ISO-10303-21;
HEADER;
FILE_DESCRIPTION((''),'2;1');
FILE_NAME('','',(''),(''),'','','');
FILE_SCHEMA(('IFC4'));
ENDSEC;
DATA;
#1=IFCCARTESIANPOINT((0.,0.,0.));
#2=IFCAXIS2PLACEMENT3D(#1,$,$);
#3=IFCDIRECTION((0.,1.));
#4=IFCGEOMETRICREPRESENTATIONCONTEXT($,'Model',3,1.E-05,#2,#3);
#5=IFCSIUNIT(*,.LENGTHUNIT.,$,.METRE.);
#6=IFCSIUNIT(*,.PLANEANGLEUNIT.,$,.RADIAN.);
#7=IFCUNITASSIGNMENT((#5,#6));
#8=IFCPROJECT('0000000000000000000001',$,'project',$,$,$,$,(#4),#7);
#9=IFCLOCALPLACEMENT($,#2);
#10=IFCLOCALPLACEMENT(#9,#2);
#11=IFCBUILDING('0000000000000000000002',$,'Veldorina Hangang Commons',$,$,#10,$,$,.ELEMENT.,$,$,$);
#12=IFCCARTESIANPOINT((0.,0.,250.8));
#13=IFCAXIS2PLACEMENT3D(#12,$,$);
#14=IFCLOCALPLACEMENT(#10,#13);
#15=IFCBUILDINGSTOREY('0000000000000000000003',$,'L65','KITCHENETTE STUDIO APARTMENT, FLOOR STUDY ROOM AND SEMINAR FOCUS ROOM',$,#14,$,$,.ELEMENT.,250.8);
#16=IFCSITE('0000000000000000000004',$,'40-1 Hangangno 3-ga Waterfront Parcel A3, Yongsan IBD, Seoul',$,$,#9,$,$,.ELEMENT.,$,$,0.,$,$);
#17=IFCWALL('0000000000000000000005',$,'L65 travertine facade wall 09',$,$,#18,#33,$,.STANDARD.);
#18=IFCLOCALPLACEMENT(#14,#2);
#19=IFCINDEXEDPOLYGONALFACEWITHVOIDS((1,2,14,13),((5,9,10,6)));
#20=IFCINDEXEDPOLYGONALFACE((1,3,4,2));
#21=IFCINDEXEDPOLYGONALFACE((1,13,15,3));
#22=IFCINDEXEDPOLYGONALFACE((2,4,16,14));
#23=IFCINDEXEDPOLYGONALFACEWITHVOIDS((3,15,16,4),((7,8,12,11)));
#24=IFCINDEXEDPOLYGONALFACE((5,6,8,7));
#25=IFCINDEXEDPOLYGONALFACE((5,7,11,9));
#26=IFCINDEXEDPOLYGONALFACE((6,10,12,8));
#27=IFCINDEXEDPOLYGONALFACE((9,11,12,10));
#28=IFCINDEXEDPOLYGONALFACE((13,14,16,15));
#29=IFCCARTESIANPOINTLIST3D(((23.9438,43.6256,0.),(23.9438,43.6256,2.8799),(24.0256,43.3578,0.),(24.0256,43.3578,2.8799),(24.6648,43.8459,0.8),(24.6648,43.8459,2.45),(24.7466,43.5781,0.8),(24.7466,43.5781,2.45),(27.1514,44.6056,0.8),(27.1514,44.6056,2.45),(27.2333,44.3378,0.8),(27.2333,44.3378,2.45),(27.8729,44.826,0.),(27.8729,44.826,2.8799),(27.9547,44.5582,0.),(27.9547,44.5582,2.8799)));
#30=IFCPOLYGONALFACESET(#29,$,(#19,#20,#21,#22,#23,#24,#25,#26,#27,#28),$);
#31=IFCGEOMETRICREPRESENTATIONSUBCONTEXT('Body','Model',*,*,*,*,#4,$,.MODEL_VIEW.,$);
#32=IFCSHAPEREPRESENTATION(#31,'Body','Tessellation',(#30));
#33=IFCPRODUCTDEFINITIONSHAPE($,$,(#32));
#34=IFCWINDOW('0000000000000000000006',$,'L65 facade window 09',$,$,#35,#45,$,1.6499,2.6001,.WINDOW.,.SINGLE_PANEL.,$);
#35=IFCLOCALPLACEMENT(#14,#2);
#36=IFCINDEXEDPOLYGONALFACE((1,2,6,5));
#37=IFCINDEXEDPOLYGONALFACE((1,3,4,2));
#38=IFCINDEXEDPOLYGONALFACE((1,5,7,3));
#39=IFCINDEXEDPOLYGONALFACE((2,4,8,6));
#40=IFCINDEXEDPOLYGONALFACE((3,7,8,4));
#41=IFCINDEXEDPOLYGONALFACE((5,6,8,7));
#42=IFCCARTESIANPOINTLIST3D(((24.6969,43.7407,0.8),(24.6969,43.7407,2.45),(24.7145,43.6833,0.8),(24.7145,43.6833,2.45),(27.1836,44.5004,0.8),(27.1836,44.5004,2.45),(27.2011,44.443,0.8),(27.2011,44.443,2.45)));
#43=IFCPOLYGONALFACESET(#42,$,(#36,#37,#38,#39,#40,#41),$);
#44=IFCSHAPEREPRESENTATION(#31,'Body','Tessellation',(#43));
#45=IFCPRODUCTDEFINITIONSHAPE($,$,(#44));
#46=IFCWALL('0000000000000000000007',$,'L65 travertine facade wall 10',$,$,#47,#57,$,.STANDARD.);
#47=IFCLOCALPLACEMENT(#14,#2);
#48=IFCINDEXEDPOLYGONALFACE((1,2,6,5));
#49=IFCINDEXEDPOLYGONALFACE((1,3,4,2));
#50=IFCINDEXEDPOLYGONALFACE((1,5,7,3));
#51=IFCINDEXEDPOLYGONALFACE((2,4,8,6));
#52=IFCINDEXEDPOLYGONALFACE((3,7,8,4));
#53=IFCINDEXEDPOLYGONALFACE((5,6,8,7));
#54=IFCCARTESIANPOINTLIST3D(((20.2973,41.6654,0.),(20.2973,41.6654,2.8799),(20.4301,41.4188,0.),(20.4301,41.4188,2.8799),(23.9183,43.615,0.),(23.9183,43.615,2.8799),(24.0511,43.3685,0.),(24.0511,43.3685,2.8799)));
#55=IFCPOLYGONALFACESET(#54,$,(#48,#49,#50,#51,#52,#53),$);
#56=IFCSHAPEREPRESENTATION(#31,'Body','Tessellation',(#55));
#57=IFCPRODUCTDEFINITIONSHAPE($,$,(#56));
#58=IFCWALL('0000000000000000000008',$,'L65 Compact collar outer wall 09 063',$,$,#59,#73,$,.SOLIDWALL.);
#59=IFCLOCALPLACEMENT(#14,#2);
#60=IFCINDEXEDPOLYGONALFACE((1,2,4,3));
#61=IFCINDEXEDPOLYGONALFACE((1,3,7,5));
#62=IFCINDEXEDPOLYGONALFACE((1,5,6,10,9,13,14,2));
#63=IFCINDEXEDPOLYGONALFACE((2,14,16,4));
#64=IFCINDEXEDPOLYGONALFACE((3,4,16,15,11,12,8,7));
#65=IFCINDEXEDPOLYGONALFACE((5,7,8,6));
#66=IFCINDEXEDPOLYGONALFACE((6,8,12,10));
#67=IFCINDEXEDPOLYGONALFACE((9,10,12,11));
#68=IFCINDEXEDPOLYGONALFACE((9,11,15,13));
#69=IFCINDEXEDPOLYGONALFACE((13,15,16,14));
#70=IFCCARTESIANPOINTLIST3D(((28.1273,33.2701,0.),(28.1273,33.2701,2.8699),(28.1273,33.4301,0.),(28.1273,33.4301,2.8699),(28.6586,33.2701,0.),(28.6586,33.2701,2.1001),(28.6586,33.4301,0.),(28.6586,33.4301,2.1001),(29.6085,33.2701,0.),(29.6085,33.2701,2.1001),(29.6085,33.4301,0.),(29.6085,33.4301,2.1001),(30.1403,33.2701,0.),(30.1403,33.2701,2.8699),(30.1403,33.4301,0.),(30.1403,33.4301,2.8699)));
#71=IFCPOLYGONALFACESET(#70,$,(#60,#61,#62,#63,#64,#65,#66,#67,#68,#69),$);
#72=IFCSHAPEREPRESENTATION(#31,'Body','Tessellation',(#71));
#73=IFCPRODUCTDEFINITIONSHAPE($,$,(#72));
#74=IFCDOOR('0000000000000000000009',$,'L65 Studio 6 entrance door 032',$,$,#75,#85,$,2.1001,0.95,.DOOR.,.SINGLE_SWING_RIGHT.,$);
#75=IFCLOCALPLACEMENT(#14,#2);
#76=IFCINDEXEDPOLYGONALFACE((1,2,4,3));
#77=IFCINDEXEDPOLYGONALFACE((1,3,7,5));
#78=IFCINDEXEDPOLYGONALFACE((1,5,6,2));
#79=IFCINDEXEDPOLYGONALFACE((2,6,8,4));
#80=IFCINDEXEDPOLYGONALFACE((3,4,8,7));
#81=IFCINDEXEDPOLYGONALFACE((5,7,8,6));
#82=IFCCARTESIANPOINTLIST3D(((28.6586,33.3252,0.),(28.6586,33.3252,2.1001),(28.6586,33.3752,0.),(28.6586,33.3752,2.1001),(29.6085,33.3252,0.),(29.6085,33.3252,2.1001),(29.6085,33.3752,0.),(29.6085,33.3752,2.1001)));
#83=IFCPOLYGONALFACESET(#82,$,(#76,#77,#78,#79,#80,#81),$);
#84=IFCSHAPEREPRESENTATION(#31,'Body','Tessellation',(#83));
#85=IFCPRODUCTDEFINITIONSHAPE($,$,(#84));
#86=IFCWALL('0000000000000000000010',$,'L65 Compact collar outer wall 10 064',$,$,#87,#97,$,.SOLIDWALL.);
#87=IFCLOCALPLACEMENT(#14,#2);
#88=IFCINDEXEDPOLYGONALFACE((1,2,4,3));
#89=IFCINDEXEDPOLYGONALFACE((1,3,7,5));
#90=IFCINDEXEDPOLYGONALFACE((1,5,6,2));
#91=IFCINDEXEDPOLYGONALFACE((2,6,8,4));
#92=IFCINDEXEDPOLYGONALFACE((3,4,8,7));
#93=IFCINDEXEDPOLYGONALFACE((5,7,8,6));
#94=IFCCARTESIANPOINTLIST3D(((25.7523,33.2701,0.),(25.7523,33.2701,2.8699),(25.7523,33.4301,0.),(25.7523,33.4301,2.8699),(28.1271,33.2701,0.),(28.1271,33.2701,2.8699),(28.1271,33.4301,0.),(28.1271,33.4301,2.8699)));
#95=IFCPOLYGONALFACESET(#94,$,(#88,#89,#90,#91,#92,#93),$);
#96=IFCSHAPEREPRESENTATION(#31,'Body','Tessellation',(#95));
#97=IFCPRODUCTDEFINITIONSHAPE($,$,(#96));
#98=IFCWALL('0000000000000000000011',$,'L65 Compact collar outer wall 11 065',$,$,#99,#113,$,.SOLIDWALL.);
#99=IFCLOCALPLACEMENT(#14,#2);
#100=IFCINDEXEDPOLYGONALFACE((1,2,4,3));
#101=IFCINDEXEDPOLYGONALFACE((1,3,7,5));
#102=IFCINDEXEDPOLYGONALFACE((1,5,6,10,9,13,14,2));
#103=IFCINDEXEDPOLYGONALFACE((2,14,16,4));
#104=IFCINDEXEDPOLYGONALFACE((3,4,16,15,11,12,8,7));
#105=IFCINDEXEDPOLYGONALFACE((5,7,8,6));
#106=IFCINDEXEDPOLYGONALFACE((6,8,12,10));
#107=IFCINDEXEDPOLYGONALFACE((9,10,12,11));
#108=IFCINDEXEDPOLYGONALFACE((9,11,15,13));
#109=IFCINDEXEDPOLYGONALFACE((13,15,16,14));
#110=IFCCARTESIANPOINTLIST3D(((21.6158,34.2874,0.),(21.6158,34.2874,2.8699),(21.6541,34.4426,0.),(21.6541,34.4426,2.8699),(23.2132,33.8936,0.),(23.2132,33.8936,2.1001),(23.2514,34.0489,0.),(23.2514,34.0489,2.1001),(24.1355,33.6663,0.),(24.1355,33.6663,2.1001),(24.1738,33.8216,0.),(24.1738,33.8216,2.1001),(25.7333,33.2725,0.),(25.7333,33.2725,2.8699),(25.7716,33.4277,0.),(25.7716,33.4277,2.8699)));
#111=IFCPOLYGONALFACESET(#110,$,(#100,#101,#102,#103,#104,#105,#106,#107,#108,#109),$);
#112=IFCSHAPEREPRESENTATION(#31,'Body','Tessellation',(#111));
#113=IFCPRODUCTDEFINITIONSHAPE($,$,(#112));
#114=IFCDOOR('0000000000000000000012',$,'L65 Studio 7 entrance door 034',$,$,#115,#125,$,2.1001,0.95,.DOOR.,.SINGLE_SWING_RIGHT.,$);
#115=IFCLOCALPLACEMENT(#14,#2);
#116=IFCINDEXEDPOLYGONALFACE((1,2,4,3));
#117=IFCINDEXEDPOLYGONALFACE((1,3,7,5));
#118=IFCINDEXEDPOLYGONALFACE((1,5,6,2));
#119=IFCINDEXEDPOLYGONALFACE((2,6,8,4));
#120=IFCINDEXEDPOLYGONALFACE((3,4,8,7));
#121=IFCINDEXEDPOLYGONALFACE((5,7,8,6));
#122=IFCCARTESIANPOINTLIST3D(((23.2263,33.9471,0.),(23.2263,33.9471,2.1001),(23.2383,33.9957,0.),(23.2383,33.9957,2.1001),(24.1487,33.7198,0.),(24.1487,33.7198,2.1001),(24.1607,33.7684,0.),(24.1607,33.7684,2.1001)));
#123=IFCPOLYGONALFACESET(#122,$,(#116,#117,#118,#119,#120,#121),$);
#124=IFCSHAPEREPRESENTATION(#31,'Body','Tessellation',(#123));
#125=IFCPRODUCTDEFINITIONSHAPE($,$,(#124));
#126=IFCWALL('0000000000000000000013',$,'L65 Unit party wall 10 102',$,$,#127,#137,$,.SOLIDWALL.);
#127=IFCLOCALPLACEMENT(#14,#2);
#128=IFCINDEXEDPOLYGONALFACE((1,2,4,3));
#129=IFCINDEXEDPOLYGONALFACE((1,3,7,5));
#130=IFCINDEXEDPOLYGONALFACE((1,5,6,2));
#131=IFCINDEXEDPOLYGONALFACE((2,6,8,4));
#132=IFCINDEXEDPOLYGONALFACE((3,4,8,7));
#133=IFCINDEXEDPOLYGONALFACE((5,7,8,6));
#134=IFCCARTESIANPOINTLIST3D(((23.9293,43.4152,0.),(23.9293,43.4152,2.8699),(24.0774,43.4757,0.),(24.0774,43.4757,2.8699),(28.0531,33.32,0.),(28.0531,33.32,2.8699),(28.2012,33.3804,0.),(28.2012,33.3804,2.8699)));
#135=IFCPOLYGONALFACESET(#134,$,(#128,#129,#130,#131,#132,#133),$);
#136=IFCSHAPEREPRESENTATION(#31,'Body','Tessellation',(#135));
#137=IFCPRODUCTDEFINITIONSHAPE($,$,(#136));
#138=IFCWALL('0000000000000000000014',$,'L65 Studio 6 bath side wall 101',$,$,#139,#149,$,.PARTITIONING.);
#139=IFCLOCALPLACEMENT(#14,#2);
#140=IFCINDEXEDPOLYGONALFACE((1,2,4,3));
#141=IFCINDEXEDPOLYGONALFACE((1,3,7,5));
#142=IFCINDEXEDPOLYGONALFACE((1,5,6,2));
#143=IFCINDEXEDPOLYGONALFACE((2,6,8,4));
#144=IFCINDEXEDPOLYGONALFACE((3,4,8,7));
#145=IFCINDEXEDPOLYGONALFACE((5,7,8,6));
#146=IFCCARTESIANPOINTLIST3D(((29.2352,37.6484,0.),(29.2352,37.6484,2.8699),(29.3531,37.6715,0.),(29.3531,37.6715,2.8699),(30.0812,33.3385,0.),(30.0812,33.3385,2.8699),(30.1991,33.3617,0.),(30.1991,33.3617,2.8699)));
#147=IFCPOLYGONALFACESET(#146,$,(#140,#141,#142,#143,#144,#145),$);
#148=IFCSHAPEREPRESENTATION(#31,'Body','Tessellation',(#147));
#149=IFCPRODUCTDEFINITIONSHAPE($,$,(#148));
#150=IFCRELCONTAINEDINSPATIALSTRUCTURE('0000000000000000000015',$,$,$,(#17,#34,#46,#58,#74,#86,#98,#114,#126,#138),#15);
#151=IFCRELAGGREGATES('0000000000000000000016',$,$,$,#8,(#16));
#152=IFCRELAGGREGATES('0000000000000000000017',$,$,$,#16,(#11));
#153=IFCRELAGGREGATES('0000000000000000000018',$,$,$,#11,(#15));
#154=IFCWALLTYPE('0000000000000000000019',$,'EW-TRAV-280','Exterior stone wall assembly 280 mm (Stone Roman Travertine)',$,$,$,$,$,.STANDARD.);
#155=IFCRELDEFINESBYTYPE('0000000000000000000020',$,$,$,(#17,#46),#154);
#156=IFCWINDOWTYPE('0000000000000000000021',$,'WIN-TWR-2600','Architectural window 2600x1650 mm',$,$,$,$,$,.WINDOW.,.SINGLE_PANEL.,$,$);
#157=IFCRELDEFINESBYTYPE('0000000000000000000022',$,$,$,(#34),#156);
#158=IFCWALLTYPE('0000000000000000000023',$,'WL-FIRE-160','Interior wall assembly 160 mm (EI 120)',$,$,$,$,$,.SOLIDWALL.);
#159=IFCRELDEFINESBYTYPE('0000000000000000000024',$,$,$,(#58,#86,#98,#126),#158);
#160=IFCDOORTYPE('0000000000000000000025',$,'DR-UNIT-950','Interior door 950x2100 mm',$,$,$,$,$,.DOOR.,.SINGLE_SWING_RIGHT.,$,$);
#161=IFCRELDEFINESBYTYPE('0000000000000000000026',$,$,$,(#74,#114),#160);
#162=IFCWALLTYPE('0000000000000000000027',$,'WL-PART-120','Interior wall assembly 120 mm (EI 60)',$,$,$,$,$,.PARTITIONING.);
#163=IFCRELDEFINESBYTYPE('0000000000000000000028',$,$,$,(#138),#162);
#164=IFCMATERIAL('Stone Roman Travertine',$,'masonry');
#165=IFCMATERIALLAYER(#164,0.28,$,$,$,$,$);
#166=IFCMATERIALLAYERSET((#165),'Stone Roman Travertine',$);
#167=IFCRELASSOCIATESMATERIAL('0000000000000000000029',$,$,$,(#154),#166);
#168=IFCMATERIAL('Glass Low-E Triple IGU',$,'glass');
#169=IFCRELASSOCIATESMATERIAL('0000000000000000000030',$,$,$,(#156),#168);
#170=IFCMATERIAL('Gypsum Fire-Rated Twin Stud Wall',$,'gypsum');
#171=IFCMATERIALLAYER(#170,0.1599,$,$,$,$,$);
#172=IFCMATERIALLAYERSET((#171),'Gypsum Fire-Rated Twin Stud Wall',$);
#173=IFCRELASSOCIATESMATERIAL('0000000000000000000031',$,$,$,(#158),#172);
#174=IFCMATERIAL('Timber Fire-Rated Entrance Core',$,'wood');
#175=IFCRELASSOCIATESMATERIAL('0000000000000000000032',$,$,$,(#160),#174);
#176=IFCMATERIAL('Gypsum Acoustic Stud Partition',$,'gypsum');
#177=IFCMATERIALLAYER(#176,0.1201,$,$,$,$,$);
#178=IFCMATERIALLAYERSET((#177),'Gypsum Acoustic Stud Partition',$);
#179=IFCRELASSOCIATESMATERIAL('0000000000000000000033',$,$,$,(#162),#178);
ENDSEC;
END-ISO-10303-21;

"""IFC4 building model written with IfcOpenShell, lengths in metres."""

from ifc_helpers import new_model, si_unit, direction, frame, frame_2d, origin, place, context, subcontext, project, spatial, rectangle, extrude, material, layer, layer_set, type_object, element, fill, save


model = new_model("IFC4")

# Units and contexts
model_context = context("Model", 3, precision=1e-05, world=origin(), true_north=direction((0.0, 1.0)))
body_context = subcontext(model_context, "Body", "Model", "MODEL_VIEW")
ifc_project = project(units=[si_unit("LENGTHUNIT", "METRE"), si_unit("PLANEANGLEUNIT", "RADIAN")], contexts=[model_context])

# Site, building, storey
site_placement = place(None, origin())
site = spatial("IfcSite", under=ifc_project, at=site_placement, Name="40-1 Hangangno 3-ga Waterfront Parcel A3, Yongsan IBD, Seoul", CompositionType="ELEMENT", RefElevation=0.0)
building_placement = place(site_placement, origin())
building = spatial("IfcBuilding", under=site, at=building_placement, Name="Veldorina Hangang Commons", CompositionType="ELEMENT")
storey_placement = place(building_placement, frame((0.0, 0.0, 250.8)))
storey = spatial("IfcBuildingStorey", under=building, at=storey_placement, Name="L65", Description="KITCHENETTE STUDIO APARTMENT, FLOOR STUDY ROOM AND SEMINAR FOCUS ROOM", CompositionType="ELEMENT", Elevation=250.8)

# Shared definitions
ifc_material_1 = material(Name="Stone Roman Travertine", Category="masonry")
ifc_layer_1 = layer(ifc_material_1, 0.28)
ifc_layer_set_1 = layer_set([ifc_layer_1], Name="Stone Roman Travertine")
wall_type_1 = type_object("IfcWallType", Name="EW-TRAV-280", Description="Exterior stone wall assembly 280 mm (Stone Roman Travertine)", PredefinedType="STANDARD", material=ifc_layer_set_1)

# Wall, opening, window
wall_1_placement = place(storey_placement, frame((27.9138, 44.6921, 0.0), z_axis=(0.0, 0.0, 1.0), x_axis=(-0.956362, -0.292185, 0.0)))
wall_1 = element("IfcWall", 1, at=wall_1_placement, inside=storey, type_object=wall_type_1, Name="L65 travertine facade wall 09", PredefinedType="STANDARD", context=body_context, shape_type="SweptSolid", body=[
    extrude(rectangle(XDim=4.1084, YDim=0.28, at=frame_2d((2.0542, 0.0))), origin(), (0.0, 0.0, 1.0), 2.8799),
])
opening_1_placement = place(wall_1_placement, frame((0.7544, 0.0, 0.8)))
opening_1 = element("IfcOpeningElement", 2, at=opening_1_placement, cuts=wall_1, PredefinedType="OPENING", context=body_context, shape_type="SweptSolid", body=[
    extrude(rectangle(XDim=2.6001, YDim=1.6499, at=frame_2d((1.3, 0.825))), frame((0.0, 0.1499, 0.0), z_axis=(0.0, -1.0, 0.0), x_axis=(1.0, 0.0, 0.0)), (0.0, 0.0, 1.0), 0.3),
])
ifc_material_2 = material(Name="Glass Low-E Triple IGU", Category="glass")
window_type = type_object("IfcWindowType", Name="WIN-TWR-2600", Description="Architectural window 2600x1650 mm", PartitioningType="SINGLE_PANEL", PredefinedType="WINDOW", material=ifc_material_2)
window_placement = place(opening_1_placement, origin())
window = element("IfcWindow", 3, at=window_placement, inside=storey, type_object=window_type, Name="L65 facade window 09", OverallHeight=1.6499, OverallWidth=2.6001, PartitioningType="SINGLE_PANEL", PredefinedType="WINDOW", context=body_context, shape_type="SweptSolid", body=[
    extrude(rectangle(XDim=2.6001, YDim=1.6499, at=frame_2d((1.3, 0.825))), frame((0.0, 0.03, 0.0), z_axis=(0.0, -1.0, 0.0), x_axis=(1.0, 0.0, 0.0)), (0.0, 0.0, 1.0), 0.0601),
])
fill(opening_1, window)

# Wall
wall_2_placement = place(storey_placement, frame((23.9846, 43.4917, 0.0), z_axis=(0.0, 0.0, 1.0), x_axis=(-0.880483, -0.474079, 0.0)))
element("IfcWall", 4, at=wall_2_placement, inside=storey, type_object=wall_type_1, Name="L65 travertine facade wall 10", PredefinedType="STANDARD", context=body_context, shape_type="SweptSolid", body=[
    extrude(rectangle(XDim=4.1125, YDim=0.28, at=frame_2d((2.0562, 0.0))), origin(), (0.0, 0.0, 1.0), 2.8799),
])

# Wall, opening, door
ifc_material_3 = material(Name="Gypsum Fire-Rated Twin Stud Wall", Category="gypsum")
ifc_layer_2 = layer(ifc_material_3, 0.1599)
ifc_layer_set_2 = layer_set([ifc_layer_2], Name="Gypsum Fire-Rated Twin Stud Wall")
wall_type_2 = type_object("IfcWallType", Name="WL-FIRE-160", Description="Interior wall assembly 160 mm (EI 120)", PredefinedType="SOLIDWALL", material=ifc_layer_set_2)
wall_3_placement = place(storey_placement, frame((30.1401, 33.3501, 0.0), z_axis=(0.0, 0.0, 1.0), x_axis=(-1.0, 0.0, 0.0)))
wall_3 = element("IfcWall", 5, at=wall_3_placement, inside=storey, type_object=wall_type_2, Name="L65 Compact collar outer wall 09 063", PredefinedType="SOLIDWALL", context=body_context, shape_type="SweptSolid", body=[
    extrude(rectangle(XDim=2.0129, YDim=0.1599, at=frame_2d((1.0063, 0.0))), origin(), (0.0, 0.0, 1.0), 2.8699),
])
opening_2_placement = place(wall_3_placement, frame((0.5315, 0.0, 0.0)))
opening_2 = element("IfcOpeningElement", 6, at=opening_2_placement, cuts=wall_3, PredefinedType="OPENING", context=body_context, shape_type="SweptSolid", body=[
    extrude(rectangle(XDim=0.95, YDim=2.1001, at=frame_2d((0.4751, 1.05))), frame((0.0, 0.0898, 0.0), z_axis=(0.0, -1.0, 0.0), x_axis=(1.0, 0.0, 0.0)), (0.0, 0.0, 1.0), 0.1799),
])
ifc_material_4 = material(Name="Timber Fire-Rated Entrance Core", Category="wood")
door_type_1 = type_object("IfcDoorType", Name="DR-UNIT-950", Description="Interior door 950x2100 mm", OperationType="SINGLE_SWING_RIGHT", PredefinedType="DOOR", material=ifc_material_4)
door_1_placement = place(opening_2_placement, origin())
door_1 = element("IfcDoor", 7, at=door_1_placement, inside=storey, type_object=door_type_1, Name="L65 Studio 6 entrance door 032", OperationType="SINGLE_SWING_RIGHT", OverallHeight=2.1001, OverallWidth=0.95, PredefinedType="DOOR", context=body_context, shape_type="SweptSolid", body=[
    extrude(rectangle(XDim=0.95, YDim=2.1001, at=frame_2d((0.4751, 1.05))), frame((0.0, 0.0249, 0.0), z_axis=(0.0, -1.0, 0.0), x_axis=(1.0, 0.0, 0.0)), (0.0, 0.0, 1.0), 0.05),
])
fill(opening_2, door_1)

# Wall
wall_4_placement = place(storey_placement, frame((28.1272, 33.3501, 0.0), z_axis=(0.0, 0.0, 1.0), x_axis=(-1.0, 0.0, 0.0)))
element("IfcWall", 8, at=wall_4_placement, inside=storey, type_object=wall_type_2, Name="L65 Compact collar outer wall 10 064", PredefinedType="SOLIDWALL", context=body_context, shape_type="SweptSolid", body=[
    extrude(rectangle(XDim=2.3748, YDim=0.1599, at=frame_2d((1.1875, 0.0))), origin(), (0.0, 0.0, 1.0), 2.8699),
])

# Wall, opening, door
wall_5_placement = place(storey_placement, frame((25.7524, 33.3501, 0.0), z_axis=(0.0, 0.0, 1.0), x_axis=(-0.97094, 0.239324, 0.0)))
wall_5 = element("IfcWall", 9, at=wall_5_placement, inside=storey, type_object=wall_type_2, Name="L65 Compact collar outer wall 11 065", PredefinedType="SOLIDWALL", context=body_context, shape_type="SweptSolid", body=[
    extrude(rectangle(XDim=4.2407, YDim=0.1599, at=frame_2d((2.1204, 0.0))), origin(), (0.0, 0.0, 1.0), 2.8699),
])
opening_3_placement = place(wall_5_placement, frame((1.6455, 0.0, 0.0)))
opening_3 = element("IfcOpeningElement", 10, at=opening_3_placement, cuts=wall_5, PredefinedType="OPENING", context=body_context, shape_type="SweptSolid", body=[
    extrude(rectangle(XDim=0.95, YDim=2.1001, at=frame_2d((0.4751, 1.05))), frame((0.0, 0.0898, 0.0), z_axis=(0.0, -1.0, 0.0), x_axis=(1.0, 0.0, 0.0)), (0.0, 0.0, 1.0), 0.1799),
])
door_2_placement = place(opening_3_placement, origin())
door_2 = element("IfcDoor", 11, at=door_2_placement, inside=storey, type_object=door_type_1, Name="L65 Studio 7 entrance door 034", OperationType="SINGLE_SWING_RIGHT", OverallHeight=2.1001, OverallWidth=0.95, PredefinedType="DOOR", context=body_context, shape_type="SweptSolid", body=[
    extrude(rectangle(XDim=0.95, YDim=2.1001, at=frame_2d((0.4751, 1.05))), frame((0.0, 0.0249, 0.0), z_axis=(0.0, -1.0, 0.0), x_axis=(1.0, 0.0, 0.0)), (0.0, 0.0, 1.0), 0.05),
])
fill(opening_3, door_2)

# Walls
wall_6_placement = place(storey_placement, frame((28.1272, 33.3501, 0.0), z_axis=(0.0, 0.0, 1.0), x_axis=(-0.378155, 0.925742, 0.0)))
element("IfcWall", 12, at=wall_6_placement, inside=storey, type_object=wall_type_2, Name="L65 Unit party wall 10 102", PredefinedType="SOLIDWALL", context=body_context, shape_type="SweptSolid", body=[
    extrude(rectangle(XDim=10.905, YDim=0.1599, at=frame_2d((5.4526, 0.0))), origin(), (0.0, 0.0, 1.0), 2.8699),
])
ifc_material_5 = material(Name="Gypsum Acoustic Stud Partition", Category="gypsum")
ifc_layer_3 = layer(ifc_material_5, 0.1201)
ifc_layer_set_3 = layer_set([ifc_layer_3], Name="Gypsum Acoustic Stud Partition")
wall_type_3 = type_object("IfcWallType", Name="WL-PART-120", Description="Interior wall assembly 120 mm (EI 60)", PredefinedType="PARTITIONING", material=ifc_layer_set_3)
wall_7_placement = place(storey_placement, frame((30.1401, 33.3501, 0.0), z_axis=(0.0, 0.0, 1.0), x_axis=(-0.192609, 0.981276, 0.0)))
element("IfcWall", 13, at=wall_7_placement, inside=storey, type_object=wall_type_3, Name="L65 Studio 6 bath side wall 101", PredefinedType="PARTITIONING", context=body_context, shape_type="SweptSolid", body=[
    extrude(rectangle(XDim=4.3921, YDim=0.1201, at=frame_2d((2.196, 0.0))), origin(), (0.0, 0.0, 1.0), 2.8699),
])

save(model, "model.ifc")
